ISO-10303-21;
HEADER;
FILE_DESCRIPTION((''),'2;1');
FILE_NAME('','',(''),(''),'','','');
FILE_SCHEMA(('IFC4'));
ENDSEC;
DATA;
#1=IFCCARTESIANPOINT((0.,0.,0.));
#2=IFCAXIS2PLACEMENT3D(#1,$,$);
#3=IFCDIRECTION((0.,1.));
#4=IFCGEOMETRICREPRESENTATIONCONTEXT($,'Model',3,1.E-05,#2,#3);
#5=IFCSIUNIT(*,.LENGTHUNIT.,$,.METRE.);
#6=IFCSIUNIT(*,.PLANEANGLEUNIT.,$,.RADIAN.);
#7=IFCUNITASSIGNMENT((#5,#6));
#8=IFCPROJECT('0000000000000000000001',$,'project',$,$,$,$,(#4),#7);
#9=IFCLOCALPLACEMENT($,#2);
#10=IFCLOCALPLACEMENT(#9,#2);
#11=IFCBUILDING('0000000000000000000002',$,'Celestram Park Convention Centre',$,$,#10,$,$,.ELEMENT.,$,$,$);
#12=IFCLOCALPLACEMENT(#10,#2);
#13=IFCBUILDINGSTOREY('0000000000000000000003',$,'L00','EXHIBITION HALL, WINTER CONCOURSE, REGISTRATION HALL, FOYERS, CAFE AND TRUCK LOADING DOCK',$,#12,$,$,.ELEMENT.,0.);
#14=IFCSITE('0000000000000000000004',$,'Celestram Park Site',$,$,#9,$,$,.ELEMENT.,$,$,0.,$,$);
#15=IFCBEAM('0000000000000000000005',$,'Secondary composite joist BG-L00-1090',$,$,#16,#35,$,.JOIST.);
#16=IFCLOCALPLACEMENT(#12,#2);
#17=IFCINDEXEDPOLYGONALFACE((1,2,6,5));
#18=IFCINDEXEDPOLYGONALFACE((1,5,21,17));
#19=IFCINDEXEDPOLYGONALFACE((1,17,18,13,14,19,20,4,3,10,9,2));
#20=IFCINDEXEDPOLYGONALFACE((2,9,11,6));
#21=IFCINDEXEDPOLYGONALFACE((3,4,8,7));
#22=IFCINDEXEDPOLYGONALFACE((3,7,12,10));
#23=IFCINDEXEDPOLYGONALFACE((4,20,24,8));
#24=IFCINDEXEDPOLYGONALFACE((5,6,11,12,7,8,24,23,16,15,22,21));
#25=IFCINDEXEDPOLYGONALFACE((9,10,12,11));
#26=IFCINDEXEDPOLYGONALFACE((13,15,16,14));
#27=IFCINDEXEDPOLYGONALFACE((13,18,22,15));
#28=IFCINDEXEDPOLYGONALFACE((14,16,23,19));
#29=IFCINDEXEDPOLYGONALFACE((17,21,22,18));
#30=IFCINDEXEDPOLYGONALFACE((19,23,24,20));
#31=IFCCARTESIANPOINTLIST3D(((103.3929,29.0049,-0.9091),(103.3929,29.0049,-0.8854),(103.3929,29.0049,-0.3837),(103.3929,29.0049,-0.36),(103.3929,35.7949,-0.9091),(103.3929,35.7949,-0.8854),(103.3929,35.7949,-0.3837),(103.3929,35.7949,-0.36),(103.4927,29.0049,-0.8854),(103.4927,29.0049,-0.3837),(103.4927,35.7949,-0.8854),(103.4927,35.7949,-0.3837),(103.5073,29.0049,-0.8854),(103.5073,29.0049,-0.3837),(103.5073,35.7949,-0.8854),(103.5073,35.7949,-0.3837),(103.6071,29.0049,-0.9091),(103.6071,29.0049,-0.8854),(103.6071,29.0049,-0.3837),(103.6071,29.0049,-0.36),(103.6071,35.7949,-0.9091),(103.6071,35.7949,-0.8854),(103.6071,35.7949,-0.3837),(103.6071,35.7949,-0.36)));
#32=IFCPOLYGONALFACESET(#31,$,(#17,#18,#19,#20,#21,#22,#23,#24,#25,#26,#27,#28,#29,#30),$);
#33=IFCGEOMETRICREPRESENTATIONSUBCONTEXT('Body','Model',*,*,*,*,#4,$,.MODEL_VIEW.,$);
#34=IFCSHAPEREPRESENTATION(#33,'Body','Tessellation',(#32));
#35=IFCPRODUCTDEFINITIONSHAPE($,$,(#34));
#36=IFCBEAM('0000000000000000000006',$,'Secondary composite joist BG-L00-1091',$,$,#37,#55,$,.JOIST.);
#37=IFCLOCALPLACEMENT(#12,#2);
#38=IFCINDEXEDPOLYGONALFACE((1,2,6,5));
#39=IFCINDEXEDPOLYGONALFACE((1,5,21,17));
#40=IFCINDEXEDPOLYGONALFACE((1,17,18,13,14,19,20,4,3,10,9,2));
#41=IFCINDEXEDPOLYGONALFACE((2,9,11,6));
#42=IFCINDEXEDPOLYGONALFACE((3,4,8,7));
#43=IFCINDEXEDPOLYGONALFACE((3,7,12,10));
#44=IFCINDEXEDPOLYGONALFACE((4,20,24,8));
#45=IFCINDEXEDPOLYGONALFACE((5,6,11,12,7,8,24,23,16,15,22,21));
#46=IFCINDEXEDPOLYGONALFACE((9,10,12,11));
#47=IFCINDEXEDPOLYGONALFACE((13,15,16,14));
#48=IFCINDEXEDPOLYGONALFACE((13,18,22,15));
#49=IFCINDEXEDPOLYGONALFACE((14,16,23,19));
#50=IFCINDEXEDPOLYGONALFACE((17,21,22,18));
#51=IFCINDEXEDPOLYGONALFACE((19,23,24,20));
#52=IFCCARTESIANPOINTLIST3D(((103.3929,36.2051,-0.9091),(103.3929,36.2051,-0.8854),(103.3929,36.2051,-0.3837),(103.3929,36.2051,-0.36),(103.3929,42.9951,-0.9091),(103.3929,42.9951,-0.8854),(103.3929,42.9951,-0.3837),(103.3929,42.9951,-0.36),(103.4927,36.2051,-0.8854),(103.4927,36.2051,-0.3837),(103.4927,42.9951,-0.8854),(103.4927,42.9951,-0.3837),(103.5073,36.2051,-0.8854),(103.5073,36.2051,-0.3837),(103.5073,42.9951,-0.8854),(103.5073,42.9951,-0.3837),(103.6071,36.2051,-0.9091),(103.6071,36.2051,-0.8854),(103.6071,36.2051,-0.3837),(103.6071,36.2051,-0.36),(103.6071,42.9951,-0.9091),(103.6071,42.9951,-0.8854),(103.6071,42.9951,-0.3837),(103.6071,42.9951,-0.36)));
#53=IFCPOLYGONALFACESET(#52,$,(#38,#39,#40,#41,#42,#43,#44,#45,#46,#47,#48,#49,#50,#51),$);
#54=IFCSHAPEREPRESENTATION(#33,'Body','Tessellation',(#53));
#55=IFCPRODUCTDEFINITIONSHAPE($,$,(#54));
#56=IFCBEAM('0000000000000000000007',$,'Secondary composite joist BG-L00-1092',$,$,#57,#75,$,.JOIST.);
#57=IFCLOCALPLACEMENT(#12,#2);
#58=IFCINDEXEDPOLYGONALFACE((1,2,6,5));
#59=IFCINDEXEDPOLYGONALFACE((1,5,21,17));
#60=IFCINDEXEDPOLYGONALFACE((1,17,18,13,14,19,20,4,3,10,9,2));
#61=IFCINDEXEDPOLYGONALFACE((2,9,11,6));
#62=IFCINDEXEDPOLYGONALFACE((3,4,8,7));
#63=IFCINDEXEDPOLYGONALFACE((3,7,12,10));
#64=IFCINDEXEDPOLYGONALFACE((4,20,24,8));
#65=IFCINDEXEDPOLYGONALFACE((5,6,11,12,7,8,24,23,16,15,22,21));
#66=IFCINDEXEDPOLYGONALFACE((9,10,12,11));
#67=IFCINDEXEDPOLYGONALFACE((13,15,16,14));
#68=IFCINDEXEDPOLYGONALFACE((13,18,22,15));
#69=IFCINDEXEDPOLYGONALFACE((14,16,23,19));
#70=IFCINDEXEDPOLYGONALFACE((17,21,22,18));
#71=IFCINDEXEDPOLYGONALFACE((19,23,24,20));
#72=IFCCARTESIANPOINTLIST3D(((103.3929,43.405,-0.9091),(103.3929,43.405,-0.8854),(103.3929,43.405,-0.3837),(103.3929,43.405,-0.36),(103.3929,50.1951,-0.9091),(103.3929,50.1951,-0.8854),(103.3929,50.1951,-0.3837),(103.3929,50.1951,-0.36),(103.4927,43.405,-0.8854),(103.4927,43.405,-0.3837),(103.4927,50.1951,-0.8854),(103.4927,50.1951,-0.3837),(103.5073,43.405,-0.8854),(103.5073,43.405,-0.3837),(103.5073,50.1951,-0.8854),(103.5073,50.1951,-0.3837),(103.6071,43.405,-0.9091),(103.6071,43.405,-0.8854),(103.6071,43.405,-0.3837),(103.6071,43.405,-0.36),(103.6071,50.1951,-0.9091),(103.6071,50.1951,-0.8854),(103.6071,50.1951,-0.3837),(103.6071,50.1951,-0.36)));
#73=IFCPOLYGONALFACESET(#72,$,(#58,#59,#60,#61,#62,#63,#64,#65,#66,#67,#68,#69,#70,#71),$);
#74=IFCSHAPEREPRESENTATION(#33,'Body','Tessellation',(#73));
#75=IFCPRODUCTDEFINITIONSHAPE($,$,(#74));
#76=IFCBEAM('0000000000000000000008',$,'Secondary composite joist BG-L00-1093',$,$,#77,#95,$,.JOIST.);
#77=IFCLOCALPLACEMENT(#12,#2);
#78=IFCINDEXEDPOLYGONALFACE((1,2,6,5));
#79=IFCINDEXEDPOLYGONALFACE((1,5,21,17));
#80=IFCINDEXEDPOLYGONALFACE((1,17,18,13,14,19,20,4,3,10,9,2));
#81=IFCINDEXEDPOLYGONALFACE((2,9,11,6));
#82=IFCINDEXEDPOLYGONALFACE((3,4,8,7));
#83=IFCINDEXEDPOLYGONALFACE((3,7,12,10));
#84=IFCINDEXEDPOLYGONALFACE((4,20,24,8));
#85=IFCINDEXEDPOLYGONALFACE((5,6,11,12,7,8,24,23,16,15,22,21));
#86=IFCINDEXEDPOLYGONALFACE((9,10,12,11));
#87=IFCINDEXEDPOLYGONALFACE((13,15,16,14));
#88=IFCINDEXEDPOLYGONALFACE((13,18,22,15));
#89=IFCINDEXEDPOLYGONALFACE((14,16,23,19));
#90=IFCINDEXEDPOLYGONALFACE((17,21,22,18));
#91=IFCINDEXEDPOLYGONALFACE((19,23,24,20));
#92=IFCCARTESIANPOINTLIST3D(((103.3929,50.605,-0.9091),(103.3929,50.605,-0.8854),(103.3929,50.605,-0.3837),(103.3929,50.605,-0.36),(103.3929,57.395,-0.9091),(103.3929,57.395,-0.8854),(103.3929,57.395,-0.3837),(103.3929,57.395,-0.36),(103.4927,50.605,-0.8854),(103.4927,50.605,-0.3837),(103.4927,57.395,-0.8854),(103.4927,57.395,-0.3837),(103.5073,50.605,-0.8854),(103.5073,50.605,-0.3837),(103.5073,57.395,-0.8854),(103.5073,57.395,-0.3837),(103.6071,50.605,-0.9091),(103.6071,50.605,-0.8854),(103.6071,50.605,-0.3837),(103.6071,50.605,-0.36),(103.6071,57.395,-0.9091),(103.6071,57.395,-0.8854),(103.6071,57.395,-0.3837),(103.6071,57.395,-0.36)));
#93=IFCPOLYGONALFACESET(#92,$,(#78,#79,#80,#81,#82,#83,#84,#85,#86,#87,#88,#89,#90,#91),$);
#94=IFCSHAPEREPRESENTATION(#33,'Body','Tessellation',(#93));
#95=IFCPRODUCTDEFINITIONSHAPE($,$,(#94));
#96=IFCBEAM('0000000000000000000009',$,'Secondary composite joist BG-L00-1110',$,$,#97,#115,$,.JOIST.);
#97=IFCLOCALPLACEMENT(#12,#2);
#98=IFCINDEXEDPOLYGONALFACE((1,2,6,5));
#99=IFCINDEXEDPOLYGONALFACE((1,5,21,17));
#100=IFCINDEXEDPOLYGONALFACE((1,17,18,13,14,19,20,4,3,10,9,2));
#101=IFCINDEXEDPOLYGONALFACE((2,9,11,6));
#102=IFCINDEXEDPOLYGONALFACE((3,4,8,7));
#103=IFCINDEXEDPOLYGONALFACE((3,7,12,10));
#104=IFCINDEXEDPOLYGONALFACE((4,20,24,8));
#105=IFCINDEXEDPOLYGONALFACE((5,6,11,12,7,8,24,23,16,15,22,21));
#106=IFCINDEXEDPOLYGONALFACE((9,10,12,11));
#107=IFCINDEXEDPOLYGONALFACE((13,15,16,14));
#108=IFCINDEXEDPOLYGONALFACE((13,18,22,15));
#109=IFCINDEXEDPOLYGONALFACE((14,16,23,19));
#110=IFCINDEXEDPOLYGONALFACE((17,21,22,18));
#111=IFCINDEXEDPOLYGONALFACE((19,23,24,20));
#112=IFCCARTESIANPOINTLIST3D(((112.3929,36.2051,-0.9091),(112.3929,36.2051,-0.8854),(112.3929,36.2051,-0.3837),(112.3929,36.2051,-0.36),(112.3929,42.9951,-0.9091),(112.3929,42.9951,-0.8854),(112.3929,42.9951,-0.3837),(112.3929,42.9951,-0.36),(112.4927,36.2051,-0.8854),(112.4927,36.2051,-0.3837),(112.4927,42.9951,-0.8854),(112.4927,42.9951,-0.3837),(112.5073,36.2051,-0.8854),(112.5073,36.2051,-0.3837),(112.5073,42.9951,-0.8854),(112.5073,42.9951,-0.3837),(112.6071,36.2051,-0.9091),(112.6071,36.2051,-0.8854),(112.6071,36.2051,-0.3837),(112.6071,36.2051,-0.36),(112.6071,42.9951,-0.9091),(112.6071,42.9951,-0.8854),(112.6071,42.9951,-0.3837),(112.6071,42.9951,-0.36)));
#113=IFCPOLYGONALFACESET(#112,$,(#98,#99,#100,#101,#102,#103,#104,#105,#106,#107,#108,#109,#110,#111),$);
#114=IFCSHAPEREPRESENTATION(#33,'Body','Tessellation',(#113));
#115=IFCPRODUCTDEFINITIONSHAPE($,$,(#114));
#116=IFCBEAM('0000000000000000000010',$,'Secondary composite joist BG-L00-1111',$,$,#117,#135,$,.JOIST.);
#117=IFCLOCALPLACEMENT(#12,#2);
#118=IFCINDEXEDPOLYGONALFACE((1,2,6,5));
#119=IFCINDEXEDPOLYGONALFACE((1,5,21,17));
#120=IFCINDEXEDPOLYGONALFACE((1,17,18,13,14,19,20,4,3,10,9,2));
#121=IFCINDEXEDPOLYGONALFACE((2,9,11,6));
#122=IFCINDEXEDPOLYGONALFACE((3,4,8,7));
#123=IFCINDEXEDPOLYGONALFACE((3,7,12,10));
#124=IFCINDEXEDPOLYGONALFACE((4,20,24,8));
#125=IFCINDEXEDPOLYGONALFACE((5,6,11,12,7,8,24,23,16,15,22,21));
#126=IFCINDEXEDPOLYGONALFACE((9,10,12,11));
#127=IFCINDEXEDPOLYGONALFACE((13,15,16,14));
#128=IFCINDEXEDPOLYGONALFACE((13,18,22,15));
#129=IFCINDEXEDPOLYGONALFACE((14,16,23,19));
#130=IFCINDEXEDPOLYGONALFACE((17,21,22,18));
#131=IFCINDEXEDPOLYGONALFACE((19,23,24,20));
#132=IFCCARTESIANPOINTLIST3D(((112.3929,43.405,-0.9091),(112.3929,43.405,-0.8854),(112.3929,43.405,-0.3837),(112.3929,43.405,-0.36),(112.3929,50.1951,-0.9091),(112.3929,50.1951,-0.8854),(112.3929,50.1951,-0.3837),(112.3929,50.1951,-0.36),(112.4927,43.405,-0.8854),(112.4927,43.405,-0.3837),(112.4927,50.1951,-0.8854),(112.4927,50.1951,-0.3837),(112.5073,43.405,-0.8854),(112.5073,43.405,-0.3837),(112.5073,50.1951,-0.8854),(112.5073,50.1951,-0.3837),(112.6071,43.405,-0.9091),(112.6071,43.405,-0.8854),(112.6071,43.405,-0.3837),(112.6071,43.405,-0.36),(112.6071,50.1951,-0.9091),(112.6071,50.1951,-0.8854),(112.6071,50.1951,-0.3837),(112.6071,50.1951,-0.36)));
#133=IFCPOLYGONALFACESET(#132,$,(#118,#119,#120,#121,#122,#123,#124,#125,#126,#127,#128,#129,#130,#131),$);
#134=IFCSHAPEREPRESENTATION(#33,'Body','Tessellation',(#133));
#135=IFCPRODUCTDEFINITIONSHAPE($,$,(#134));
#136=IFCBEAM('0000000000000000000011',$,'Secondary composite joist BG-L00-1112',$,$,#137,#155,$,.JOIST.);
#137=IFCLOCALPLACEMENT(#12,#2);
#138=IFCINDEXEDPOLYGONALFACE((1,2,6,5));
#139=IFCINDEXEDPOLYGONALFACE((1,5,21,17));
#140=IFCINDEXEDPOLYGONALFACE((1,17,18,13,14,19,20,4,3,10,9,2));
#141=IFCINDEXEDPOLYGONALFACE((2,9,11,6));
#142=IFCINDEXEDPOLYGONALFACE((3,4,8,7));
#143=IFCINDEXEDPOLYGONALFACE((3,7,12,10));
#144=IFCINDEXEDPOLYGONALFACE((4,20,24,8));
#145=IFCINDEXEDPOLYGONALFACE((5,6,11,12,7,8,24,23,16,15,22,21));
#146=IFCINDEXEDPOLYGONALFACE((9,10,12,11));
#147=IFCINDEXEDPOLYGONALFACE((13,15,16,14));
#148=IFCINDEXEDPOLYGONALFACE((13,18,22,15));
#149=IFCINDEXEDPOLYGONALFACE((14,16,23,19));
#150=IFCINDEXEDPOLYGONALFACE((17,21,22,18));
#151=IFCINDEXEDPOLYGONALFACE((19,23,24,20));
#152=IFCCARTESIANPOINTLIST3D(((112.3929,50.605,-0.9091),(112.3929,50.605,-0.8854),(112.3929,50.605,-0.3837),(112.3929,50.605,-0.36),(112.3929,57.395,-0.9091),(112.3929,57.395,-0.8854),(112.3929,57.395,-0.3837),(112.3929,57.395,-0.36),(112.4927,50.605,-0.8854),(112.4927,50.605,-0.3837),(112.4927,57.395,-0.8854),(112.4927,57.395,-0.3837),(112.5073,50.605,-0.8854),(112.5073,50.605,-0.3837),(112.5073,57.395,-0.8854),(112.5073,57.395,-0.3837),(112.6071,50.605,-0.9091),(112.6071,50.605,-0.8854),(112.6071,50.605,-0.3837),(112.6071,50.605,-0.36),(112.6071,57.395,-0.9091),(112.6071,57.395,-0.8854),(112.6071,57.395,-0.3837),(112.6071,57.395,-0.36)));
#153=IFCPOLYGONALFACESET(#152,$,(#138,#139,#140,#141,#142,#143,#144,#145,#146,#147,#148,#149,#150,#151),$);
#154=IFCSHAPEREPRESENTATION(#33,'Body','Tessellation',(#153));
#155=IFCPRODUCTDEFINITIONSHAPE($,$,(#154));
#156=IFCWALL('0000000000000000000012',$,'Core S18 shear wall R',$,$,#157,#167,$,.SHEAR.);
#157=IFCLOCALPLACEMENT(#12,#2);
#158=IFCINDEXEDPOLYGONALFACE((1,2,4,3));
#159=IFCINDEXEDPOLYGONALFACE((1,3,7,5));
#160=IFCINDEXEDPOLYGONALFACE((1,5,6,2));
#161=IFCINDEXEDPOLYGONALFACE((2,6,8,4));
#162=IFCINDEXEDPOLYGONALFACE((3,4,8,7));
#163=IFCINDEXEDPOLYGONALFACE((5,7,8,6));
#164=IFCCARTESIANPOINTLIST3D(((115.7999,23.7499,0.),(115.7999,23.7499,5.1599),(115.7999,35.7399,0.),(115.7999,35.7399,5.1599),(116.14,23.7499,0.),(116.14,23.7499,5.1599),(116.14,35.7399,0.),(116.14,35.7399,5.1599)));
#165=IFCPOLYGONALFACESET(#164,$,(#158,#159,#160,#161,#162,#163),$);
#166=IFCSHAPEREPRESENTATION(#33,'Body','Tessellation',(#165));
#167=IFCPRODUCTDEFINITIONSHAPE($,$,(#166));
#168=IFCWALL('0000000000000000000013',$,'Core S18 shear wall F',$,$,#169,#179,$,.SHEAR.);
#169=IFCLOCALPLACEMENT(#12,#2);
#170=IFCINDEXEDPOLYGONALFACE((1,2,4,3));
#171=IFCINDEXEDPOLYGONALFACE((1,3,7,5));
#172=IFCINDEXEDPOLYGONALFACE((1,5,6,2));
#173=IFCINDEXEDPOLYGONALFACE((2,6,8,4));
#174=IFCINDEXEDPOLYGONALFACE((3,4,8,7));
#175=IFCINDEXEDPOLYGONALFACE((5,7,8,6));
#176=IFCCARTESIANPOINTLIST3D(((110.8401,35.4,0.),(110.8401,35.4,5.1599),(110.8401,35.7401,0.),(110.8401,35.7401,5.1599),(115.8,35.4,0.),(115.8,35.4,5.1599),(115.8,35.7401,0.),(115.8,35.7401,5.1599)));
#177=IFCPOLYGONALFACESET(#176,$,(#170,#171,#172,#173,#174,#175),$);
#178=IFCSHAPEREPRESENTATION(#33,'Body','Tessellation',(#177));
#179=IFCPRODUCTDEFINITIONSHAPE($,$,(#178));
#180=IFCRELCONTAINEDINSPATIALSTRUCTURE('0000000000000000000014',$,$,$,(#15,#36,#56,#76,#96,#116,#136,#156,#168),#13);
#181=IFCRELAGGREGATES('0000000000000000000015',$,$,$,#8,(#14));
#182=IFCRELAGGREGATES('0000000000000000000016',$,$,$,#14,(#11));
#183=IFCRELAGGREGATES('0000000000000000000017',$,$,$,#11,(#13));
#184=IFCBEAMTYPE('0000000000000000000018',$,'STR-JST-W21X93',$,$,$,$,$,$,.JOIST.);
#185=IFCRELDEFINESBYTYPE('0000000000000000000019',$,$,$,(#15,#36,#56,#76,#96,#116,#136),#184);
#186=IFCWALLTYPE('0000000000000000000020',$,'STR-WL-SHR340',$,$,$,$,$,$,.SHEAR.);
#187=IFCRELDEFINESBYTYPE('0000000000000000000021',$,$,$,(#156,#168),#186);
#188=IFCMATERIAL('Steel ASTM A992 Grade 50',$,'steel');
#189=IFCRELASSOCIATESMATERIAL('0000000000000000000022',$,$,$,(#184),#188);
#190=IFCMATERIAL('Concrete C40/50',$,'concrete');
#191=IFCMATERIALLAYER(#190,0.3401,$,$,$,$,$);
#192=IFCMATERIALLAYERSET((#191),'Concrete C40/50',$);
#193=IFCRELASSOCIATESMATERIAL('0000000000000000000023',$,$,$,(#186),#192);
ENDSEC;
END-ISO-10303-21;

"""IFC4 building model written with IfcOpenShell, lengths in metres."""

from ifc_helpers import new_model, si_unit, direction, frame, frame_2d, origin, origin_2d, place, context, subcontext, project, spatial, rectangle, i_section, extrude, material, layer, layer_set, material_profile, profile_set, type_object, element, save


model = new_model("IFC4")

# Units and contexts
model_context = context("Model", 3, precision=1e-05, world=origin(), true_north=direction((0.0, 1.0)))
body_context = subcontext(model_context, "Body", "Model", "MODEL_VIEW")
ifc_project = project(units=[si_unit("LENGTHUNIT", "METRE"), si_unit("PLANEANGLEUNIT", "RADIAN")], contexts=[model_context])

# Site, building, storey
site_placement = place(None, origin())
site = spatial("IfcSite", under=ifc_project, at=site_placement, Name="Celestram Park Site", CompositionType="ELEMENT", RefElevation=0.0)
building_placement = place(site_placement, origin())
building = spatial("IfcBuilding", under=site, at=building_placement, Name="Celestram Park Convention Centre", CompositionType="ELEMENT")
storey_placement = place(building_placement, origin())
storey = spatial("IfcBuildingStorey", under=building, at=storey_placement, Name="L00", Description="EXHIBITION HALL, WINTER CONCOURSE, REGISTRATION HALL, FOYERS, CAFE AND TRUCK LOADING DOCK", CompositionType="ELEMENT", Elevation=0.0)

# Beams
ifc_material_1 = material(Name="Steel ASTM A992 Grade 50", Category="steel")
ifc_material_profile_1 = material_profile(ifc_material_1, i_section(OverallWidth=0.2141, OverallDepth=0.5491, WebThickness=0.0146, FlangeThickness=0.0237, at=origin_2d()), Name="W21X93")
ifc_profile_set_1 = profile_set([ifc_material_profile_1], Name="Steel ASTM A992 Grade 50")
beam_type_1 = type_object("IfcBeamType", Name="STR-JST-W21X93", PredefinedType="JOIST", material=ifc_profile_set_1)
for number, where, z_axis, x_axis, name in (
    (1, (103.5, 29.0049, -0.6345), (0.0, 1.0, 0.0), (-1.0, 0.0, 0.0), "Secondary composite joist BG-L00-1090"),
    (2, (103.5, 36.2051, -0.6345), (0.0, 1.0, 0.0), (-1.0, 0.0, 0.0), "Secondary composite joist BG-L00-1091"),
    (3, (103.5, 43.405, -0.6345), (0.0, 1.0, 0.0), (-1.0, 0.0, 0.0), "Secondary composite joist BG-L00-1092"),
    (4, (103.5, 50.605, -0.6345), (0.0, 1.0, 0.0), (-1.0, 0.0, 0.0), "Secondary composite joist BG-L00-1093"),
    (5, (112.5, 36.2051, -0.6345), (0.0, 1.0, 0.0), (-1.0, 0.0, 0.0), "Secondary composite joist BG-L00-1110"),
    (6, (112.5, 43.405, -0.6345), (0.0, 1.0, 0.0), (-1.0, 0.0, 0.0), "Secondary composite joist BG-L00-1111"),
    (7, (112.5, 50.605, -0.6345), (0.0, 1.0, 0.0), (-1.0, 0.0, 0.0), "Secondary composite joist BG-L00-1112"),
):
    element("IfcBeam", number, at=place(storey_placement, frame(where, z_axis=z_axis, x_axis=x_axis)), inside=storey, type_object=beam_type_1, Name=name, PredefinedType="JOIST", context=body_context, shape_type="SweptSolid", body=[
        extrude(i_section(OverallWidth=0.2141, OverallDepth=0.5491, WebThickness=0.0146, FlangeThickness=0.0237, at=origin_2d()), origin(), (0.0, 0.0, 1.0), 6.79),
    ])

# Walls
ifc_material_2 = material(Name="Concrete C40/50", Category="concrete")
ifc_layer = layer(ifc_material_2, 0.3401)
ifc_layer_set = layer_set([ifc_layer], Name="Concrete C40/50")
wall_type = type_object("IfcWallType", Name="STR-WL-SHR340", PredefinedType="SHEAR", material=ifc_layer_set)
wall_1_placement = place(storey_placement, frame((115.97, 35.74, 0.0), z_axis=(0.0, 0.0, 1.0), x_axis=(0.0, -1.0, 0.0)))
element("IfcWall", 8, at=wall_1_placement, inside=storey, type_object=wall_type, Name="Core S18 shear wall R", PredefinedType="SHEAR", context=body_context, shape_type="SweptSolid", body=[
    extrude(rectangle(XDim=11.99, YDim=0.3401, at=frame_2d((5.9951, 0.0))), origin(), (0.0, 0.0, 1.0), 5.1599),
])
wall_2_placement = place(storey_placement, frame((110.8401, 35.5701, 0.0), z_axis=(0.0, 0.0, 1.0), x_axis=(1.0, 0.0, 0.0)))
element("IfcWall", 9, at=wall_2_placement, inside=storey, type_object=wall_type, Name="Core S18 shear wall F", PredefinedType="SHEAR", context=body_context, shape_type="SweptSolid", body=[
    extrude(rectangle(XDim=4.96, YDim=0.3401, at=frame_2d((2.48, 0.0))), origin(), (0.0, 0.0, 1.0), 5.1599),
])

save(model, "model.ifc")
